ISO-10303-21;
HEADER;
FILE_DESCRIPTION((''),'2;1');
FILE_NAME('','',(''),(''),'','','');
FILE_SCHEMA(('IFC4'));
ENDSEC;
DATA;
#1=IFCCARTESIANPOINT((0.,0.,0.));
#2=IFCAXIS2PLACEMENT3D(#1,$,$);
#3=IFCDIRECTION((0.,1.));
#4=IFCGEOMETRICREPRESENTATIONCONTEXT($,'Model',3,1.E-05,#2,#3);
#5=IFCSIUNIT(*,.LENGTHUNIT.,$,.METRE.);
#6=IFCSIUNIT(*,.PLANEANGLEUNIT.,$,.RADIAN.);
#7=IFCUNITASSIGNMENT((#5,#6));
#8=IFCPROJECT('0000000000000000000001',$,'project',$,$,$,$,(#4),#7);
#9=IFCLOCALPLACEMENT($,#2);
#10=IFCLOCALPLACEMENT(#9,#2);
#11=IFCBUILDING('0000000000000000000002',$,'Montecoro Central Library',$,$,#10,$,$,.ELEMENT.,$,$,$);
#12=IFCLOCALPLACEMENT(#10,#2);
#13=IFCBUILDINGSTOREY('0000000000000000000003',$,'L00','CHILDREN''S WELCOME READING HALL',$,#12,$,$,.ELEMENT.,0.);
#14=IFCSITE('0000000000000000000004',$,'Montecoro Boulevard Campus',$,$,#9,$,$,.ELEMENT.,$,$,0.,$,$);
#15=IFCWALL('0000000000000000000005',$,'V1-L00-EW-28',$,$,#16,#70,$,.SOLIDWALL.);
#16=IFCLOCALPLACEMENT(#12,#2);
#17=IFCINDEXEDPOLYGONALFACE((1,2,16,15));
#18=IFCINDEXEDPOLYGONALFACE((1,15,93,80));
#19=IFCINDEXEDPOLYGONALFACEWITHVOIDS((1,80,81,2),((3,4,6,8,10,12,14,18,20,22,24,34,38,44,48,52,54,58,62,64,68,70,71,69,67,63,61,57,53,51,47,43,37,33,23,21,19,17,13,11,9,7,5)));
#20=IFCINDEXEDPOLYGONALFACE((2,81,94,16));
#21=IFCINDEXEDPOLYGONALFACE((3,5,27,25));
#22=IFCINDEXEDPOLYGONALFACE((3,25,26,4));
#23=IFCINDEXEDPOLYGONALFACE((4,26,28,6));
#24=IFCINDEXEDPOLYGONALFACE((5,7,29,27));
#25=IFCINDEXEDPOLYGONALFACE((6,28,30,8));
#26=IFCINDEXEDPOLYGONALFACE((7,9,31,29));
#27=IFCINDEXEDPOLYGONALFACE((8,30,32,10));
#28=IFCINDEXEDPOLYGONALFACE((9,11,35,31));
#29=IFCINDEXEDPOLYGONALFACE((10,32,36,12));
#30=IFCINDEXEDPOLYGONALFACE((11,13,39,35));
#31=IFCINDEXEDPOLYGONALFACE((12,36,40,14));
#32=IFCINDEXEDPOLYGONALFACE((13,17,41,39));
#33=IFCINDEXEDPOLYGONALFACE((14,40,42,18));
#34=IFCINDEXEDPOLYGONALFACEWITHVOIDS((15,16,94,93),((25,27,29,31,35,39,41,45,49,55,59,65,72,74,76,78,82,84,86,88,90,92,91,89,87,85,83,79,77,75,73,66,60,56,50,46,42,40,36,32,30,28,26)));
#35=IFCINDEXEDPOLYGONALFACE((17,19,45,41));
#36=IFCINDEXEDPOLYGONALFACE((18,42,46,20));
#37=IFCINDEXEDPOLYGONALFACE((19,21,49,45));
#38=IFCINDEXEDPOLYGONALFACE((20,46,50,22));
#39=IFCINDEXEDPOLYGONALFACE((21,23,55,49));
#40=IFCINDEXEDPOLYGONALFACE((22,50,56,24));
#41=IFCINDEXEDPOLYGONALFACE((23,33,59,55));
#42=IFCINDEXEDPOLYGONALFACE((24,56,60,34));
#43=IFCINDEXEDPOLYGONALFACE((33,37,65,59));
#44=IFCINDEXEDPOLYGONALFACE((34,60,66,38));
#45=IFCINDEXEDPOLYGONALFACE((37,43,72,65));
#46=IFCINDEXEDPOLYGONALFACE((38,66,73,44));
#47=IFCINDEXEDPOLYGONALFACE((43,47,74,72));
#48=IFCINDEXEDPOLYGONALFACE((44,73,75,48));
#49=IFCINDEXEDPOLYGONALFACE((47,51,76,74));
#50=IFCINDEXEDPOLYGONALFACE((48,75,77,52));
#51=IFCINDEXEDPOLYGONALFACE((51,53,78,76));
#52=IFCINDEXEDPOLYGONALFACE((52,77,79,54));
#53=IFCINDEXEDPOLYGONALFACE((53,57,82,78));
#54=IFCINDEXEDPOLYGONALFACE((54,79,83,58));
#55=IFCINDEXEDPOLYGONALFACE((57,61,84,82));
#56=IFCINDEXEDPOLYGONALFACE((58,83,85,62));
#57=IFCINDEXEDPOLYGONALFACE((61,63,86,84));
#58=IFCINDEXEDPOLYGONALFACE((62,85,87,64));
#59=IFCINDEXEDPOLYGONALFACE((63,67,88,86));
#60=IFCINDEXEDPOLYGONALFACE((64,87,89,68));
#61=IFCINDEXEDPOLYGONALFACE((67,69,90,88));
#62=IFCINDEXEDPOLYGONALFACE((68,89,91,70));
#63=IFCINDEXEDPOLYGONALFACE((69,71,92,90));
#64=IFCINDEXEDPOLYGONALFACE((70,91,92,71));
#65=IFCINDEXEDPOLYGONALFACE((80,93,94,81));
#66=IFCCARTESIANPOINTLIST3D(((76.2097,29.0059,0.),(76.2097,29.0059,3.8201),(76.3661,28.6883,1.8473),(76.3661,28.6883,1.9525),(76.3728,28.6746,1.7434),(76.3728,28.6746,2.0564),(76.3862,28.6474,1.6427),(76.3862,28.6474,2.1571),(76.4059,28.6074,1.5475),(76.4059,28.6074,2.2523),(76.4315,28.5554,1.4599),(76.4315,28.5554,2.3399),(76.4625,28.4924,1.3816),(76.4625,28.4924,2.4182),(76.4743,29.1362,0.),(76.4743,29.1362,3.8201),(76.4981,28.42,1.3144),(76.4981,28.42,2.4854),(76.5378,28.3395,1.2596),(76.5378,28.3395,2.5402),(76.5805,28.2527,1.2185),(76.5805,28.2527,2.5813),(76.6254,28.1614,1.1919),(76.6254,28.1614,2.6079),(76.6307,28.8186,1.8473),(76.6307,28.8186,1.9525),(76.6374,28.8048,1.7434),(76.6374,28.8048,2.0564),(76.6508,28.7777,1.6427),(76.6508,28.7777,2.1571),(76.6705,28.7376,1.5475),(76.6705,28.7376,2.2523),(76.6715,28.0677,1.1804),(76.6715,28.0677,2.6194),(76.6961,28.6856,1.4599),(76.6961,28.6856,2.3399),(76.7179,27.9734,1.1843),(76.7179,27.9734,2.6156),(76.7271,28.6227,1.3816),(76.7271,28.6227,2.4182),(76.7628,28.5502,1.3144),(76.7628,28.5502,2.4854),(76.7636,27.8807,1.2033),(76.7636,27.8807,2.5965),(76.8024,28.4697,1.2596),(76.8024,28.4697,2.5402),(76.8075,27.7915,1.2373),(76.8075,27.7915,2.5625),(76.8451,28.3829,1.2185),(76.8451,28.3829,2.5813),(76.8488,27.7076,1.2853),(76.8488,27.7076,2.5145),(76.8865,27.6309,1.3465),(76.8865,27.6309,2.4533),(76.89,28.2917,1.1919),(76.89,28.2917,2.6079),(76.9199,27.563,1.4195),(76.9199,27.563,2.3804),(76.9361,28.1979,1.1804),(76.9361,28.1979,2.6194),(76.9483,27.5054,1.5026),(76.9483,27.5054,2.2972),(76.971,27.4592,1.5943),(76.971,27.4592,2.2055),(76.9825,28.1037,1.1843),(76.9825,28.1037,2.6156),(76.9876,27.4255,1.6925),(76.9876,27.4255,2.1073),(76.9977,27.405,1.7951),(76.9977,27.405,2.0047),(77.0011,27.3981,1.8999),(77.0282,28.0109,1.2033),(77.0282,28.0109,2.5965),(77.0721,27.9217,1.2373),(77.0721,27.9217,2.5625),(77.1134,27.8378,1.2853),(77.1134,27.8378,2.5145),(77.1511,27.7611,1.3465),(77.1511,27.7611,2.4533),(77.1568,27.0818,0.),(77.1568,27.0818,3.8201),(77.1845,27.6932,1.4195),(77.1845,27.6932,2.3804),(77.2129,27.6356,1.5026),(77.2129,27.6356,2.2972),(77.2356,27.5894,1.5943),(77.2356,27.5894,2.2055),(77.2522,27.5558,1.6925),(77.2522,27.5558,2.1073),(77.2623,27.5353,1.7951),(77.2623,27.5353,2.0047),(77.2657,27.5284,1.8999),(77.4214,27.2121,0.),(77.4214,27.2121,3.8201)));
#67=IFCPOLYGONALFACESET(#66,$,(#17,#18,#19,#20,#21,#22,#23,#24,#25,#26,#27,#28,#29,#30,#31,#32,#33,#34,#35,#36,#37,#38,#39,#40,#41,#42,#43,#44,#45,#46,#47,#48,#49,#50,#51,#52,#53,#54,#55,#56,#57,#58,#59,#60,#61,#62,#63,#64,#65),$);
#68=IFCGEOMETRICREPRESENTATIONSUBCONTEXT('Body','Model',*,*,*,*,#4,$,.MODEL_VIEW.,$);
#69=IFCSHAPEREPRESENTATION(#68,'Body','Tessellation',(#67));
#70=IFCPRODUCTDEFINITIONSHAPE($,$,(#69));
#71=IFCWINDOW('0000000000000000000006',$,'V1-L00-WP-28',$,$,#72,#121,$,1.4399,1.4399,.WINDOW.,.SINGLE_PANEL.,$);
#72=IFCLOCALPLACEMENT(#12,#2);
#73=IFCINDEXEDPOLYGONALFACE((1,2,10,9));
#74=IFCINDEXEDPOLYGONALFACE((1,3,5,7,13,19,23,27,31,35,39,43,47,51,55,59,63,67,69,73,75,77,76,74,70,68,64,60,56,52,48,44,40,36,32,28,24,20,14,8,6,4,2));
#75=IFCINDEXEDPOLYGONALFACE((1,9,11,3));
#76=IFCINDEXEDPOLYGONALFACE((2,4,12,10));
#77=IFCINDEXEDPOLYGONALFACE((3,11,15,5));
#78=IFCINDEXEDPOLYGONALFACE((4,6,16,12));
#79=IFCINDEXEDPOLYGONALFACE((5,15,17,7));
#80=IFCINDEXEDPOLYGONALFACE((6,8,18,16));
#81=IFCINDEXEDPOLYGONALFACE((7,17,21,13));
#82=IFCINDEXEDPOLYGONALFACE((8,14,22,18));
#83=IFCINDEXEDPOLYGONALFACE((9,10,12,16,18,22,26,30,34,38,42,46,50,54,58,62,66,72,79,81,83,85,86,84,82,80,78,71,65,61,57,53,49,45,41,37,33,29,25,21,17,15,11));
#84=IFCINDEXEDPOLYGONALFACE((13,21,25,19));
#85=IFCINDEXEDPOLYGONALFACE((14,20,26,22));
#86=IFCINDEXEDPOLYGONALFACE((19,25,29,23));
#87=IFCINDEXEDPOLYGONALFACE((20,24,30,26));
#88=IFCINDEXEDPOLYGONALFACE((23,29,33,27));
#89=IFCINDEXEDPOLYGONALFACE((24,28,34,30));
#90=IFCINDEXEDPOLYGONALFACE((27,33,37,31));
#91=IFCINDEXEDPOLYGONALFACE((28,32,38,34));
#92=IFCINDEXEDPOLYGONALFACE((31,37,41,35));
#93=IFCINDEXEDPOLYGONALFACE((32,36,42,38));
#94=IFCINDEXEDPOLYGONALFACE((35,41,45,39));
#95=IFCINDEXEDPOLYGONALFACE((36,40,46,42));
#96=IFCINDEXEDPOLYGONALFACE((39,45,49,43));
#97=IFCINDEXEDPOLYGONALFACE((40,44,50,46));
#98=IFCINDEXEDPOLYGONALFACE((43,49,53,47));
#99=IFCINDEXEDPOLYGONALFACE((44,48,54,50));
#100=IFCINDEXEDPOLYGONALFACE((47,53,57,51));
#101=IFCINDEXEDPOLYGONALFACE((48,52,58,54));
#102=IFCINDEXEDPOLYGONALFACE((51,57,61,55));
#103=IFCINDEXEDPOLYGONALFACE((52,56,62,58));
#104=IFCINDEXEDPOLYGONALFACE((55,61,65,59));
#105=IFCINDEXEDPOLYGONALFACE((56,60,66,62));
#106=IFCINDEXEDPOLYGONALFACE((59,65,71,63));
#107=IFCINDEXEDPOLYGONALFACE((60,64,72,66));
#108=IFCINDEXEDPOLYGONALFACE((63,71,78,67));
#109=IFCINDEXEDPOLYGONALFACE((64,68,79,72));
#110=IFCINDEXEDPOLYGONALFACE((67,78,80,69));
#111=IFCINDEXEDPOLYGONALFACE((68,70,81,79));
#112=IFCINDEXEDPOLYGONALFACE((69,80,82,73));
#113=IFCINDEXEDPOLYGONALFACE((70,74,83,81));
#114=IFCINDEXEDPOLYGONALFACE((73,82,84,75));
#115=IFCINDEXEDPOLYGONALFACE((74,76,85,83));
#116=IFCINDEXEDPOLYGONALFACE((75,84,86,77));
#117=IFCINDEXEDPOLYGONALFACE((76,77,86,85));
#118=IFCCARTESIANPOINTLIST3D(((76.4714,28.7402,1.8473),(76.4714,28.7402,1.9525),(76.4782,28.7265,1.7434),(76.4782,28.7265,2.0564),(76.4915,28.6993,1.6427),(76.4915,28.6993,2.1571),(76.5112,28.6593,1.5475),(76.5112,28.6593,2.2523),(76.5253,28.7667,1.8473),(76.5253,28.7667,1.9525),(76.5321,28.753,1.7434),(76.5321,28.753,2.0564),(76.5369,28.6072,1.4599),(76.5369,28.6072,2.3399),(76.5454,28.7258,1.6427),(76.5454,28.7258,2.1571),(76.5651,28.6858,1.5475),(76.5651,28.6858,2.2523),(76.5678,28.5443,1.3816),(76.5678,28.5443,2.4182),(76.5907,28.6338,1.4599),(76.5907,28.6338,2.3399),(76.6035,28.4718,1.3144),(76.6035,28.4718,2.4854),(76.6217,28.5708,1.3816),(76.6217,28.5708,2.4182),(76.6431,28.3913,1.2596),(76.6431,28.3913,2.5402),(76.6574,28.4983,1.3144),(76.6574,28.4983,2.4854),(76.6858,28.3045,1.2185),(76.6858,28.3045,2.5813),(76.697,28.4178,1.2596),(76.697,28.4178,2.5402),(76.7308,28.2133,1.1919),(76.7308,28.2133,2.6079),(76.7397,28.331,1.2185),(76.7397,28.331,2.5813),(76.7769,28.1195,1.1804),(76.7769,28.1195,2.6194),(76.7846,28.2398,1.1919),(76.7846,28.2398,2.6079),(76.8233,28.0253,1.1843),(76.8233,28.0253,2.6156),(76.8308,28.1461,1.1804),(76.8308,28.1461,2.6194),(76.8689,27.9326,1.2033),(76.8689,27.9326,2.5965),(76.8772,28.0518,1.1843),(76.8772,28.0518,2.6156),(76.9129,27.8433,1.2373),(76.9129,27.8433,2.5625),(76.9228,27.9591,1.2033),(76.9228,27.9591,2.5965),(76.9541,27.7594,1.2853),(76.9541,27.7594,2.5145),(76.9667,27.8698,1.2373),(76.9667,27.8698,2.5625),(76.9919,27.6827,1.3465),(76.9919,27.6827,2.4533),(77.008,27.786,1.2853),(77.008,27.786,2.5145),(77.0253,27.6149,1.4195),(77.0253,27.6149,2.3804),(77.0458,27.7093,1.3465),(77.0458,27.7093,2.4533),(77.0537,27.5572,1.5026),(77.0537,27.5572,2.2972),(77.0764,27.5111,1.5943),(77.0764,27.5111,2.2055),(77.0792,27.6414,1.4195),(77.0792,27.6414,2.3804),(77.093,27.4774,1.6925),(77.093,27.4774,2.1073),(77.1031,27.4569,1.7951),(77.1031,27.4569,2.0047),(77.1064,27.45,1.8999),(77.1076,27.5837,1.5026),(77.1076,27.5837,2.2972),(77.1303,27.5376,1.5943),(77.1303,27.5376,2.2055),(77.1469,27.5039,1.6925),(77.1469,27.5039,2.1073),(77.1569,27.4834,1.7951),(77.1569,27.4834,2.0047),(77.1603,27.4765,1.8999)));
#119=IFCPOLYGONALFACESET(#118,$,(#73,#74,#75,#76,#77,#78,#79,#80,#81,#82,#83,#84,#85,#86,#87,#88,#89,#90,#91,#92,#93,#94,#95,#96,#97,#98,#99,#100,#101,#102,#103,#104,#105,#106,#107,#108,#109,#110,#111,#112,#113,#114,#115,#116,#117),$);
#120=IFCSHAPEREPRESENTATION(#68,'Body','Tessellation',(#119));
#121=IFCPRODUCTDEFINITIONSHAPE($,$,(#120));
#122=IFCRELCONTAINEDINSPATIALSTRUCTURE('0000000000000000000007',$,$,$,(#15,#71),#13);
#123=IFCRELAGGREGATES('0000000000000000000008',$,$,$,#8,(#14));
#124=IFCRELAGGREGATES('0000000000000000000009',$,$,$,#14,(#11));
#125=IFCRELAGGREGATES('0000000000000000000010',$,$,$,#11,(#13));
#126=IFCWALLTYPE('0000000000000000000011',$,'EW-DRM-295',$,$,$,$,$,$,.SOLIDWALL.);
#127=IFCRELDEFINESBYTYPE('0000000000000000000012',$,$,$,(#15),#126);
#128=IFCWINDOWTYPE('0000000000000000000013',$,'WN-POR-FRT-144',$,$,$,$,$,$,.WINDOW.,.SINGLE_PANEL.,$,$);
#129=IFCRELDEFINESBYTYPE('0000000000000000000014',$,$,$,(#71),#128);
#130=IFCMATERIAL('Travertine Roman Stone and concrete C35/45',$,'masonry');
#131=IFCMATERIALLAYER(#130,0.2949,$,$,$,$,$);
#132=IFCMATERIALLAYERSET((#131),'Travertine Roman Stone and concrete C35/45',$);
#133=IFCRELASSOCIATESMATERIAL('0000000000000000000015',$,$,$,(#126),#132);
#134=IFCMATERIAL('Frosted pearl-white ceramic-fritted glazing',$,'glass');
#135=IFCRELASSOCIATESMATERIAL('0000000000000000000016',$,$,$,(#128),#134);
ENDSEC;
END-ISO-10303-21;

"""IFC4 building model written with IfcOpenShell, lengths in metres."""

from ifc_helpers import new_model, si_unit, direction, frame, frame_2d, origin, place, context, subcontext, project, spatial, rectangle, circle, extrude, material, layer, layer_set, type_object, element, fill, save


model = new_model("IFC4")

# Units and contexts
model_context = context("Model", 3, precision=1e-05, world=origin(), true_north=direction((0.0, 1.0)))
body_context = subcontext(model_context, "Body", "Model", "MODEL_VIEW")
ifc_project = project(units=[si_unit("LENGTHUNIT", "METRE"), si_unit("PLANEANGLEUNIT", "RADIAN")], contexts=[model_context])

# Site, building, storey
site_placement = place(None, origin())
site = spatial("IfcSite", under=ifc_project, at=site_placement, Name="Montecoro Boulevard Campus", CompositionType="ELEMENT", RefElevation=0.0)
building_placement = place(site_placement, origin())
building = spatial("IfcBuilding", under=site, at=building_placement, Name="Montecoro Central Library", CompositionType="ELEMENT")
storey_placement = place(building_placement, origin())
storey = spatial("IfcBuildingStorey", under=building, at=storey_placement, Name="L00", Description="CHILDREN'S WELCOME READING HALL", CompositionType="ELEMENT", Elevation=0.0)

# Wall, opening, window
ifc_material_1 = material(Name="Travertine Roman Stone and concrete C35/45", Category="masonry")
ifc_layer_1 = layer(ifc_material_1, 0.2949)
ifc_layer_set_1 = layer_set([ifc_layer_1], Name="Travertine Roman Stone and concrete C35/45")
wall_type = type_object("IfcWallType", Name="EW-DRM-295", PredefinedType="SOLIDWALL", material=ifc_layer_set_1)
wall_1_placement = place(storey_placement, frame((76.342, 29.071, 0.0), z_axis=(0.0, 0.0, 1.0), x_axis=(0.441604, -0.89721, 0.0)))
wall_1 = element("IfcWall", 1, at=wall_1_placement, inside=storey, type_object=wall_type, Name="V1-L00-EW-28", PredefinedType="SOLIDWALL", context=body_context, shape_type="SweptSolid", body=[
    extrude(rectangle(XDim=2.1445, YDim=0.2949, at=frame_2d((1.0723, 0.0))), origin(), (0.0, 0.0, 1.0), 3.8201),
])
opening_1_placement = place(wall_1_placement, frame((0.3521, 0.0, 1.1799)))
opening_1 = element("IfcOpeningElement", 2, at=opening_1_placement, cuts=wall_1, PredefinedType="OPENING", context=body_context, shape_type="SweptSolid", body=[
    extrude(circle(Radius=0.72, at=frame_2d((0.72, 0.72))), frame((0.0, 0.1575, 0.0), z_axis=(0.0, -1.0, 0.0), x_axis=(1.0, 0.0, 0.0)), (0.0, 0.0, 1.0), 0.3149),
])
ifc_material_2 = material(Name="Frosted pearl-white ceramic-fritted glazing", Category="glass")
window_type_1 = type_object("IfcWindowType", Name="WN-POR-FRT-144", PartitioningType="SINGLE_PANEL", PredefinedType="WINDOW", material=ifc_material_2)
window_1_placement = place(opening_1_placement, origin())
window_1 = element("IfcWindow", 3, at=window_1_placement, inside=storey, type_object=window_type_1, Name="V1-L00-WP-28", OverallHeight=1.4399, OverallWidth=1.4399, PartitioningType="SINGLE_PANEL", PredefinedType="WINDOW", context=body_context, shape_type="SweptSolid", body=[
    extrude(circle(Radius=0.72, at=frame_2d((0.72, 0.72))), frame((0.0, 0.03, 0.0), z_axis=(0.0, -1.0, 0.0), x_axis=(1.0, 0.0, 0.0)), (0.0, 0.0, 1.0), 0.0601),
])
fill(opening_1, window_1)

save(model, "model.ifc")
